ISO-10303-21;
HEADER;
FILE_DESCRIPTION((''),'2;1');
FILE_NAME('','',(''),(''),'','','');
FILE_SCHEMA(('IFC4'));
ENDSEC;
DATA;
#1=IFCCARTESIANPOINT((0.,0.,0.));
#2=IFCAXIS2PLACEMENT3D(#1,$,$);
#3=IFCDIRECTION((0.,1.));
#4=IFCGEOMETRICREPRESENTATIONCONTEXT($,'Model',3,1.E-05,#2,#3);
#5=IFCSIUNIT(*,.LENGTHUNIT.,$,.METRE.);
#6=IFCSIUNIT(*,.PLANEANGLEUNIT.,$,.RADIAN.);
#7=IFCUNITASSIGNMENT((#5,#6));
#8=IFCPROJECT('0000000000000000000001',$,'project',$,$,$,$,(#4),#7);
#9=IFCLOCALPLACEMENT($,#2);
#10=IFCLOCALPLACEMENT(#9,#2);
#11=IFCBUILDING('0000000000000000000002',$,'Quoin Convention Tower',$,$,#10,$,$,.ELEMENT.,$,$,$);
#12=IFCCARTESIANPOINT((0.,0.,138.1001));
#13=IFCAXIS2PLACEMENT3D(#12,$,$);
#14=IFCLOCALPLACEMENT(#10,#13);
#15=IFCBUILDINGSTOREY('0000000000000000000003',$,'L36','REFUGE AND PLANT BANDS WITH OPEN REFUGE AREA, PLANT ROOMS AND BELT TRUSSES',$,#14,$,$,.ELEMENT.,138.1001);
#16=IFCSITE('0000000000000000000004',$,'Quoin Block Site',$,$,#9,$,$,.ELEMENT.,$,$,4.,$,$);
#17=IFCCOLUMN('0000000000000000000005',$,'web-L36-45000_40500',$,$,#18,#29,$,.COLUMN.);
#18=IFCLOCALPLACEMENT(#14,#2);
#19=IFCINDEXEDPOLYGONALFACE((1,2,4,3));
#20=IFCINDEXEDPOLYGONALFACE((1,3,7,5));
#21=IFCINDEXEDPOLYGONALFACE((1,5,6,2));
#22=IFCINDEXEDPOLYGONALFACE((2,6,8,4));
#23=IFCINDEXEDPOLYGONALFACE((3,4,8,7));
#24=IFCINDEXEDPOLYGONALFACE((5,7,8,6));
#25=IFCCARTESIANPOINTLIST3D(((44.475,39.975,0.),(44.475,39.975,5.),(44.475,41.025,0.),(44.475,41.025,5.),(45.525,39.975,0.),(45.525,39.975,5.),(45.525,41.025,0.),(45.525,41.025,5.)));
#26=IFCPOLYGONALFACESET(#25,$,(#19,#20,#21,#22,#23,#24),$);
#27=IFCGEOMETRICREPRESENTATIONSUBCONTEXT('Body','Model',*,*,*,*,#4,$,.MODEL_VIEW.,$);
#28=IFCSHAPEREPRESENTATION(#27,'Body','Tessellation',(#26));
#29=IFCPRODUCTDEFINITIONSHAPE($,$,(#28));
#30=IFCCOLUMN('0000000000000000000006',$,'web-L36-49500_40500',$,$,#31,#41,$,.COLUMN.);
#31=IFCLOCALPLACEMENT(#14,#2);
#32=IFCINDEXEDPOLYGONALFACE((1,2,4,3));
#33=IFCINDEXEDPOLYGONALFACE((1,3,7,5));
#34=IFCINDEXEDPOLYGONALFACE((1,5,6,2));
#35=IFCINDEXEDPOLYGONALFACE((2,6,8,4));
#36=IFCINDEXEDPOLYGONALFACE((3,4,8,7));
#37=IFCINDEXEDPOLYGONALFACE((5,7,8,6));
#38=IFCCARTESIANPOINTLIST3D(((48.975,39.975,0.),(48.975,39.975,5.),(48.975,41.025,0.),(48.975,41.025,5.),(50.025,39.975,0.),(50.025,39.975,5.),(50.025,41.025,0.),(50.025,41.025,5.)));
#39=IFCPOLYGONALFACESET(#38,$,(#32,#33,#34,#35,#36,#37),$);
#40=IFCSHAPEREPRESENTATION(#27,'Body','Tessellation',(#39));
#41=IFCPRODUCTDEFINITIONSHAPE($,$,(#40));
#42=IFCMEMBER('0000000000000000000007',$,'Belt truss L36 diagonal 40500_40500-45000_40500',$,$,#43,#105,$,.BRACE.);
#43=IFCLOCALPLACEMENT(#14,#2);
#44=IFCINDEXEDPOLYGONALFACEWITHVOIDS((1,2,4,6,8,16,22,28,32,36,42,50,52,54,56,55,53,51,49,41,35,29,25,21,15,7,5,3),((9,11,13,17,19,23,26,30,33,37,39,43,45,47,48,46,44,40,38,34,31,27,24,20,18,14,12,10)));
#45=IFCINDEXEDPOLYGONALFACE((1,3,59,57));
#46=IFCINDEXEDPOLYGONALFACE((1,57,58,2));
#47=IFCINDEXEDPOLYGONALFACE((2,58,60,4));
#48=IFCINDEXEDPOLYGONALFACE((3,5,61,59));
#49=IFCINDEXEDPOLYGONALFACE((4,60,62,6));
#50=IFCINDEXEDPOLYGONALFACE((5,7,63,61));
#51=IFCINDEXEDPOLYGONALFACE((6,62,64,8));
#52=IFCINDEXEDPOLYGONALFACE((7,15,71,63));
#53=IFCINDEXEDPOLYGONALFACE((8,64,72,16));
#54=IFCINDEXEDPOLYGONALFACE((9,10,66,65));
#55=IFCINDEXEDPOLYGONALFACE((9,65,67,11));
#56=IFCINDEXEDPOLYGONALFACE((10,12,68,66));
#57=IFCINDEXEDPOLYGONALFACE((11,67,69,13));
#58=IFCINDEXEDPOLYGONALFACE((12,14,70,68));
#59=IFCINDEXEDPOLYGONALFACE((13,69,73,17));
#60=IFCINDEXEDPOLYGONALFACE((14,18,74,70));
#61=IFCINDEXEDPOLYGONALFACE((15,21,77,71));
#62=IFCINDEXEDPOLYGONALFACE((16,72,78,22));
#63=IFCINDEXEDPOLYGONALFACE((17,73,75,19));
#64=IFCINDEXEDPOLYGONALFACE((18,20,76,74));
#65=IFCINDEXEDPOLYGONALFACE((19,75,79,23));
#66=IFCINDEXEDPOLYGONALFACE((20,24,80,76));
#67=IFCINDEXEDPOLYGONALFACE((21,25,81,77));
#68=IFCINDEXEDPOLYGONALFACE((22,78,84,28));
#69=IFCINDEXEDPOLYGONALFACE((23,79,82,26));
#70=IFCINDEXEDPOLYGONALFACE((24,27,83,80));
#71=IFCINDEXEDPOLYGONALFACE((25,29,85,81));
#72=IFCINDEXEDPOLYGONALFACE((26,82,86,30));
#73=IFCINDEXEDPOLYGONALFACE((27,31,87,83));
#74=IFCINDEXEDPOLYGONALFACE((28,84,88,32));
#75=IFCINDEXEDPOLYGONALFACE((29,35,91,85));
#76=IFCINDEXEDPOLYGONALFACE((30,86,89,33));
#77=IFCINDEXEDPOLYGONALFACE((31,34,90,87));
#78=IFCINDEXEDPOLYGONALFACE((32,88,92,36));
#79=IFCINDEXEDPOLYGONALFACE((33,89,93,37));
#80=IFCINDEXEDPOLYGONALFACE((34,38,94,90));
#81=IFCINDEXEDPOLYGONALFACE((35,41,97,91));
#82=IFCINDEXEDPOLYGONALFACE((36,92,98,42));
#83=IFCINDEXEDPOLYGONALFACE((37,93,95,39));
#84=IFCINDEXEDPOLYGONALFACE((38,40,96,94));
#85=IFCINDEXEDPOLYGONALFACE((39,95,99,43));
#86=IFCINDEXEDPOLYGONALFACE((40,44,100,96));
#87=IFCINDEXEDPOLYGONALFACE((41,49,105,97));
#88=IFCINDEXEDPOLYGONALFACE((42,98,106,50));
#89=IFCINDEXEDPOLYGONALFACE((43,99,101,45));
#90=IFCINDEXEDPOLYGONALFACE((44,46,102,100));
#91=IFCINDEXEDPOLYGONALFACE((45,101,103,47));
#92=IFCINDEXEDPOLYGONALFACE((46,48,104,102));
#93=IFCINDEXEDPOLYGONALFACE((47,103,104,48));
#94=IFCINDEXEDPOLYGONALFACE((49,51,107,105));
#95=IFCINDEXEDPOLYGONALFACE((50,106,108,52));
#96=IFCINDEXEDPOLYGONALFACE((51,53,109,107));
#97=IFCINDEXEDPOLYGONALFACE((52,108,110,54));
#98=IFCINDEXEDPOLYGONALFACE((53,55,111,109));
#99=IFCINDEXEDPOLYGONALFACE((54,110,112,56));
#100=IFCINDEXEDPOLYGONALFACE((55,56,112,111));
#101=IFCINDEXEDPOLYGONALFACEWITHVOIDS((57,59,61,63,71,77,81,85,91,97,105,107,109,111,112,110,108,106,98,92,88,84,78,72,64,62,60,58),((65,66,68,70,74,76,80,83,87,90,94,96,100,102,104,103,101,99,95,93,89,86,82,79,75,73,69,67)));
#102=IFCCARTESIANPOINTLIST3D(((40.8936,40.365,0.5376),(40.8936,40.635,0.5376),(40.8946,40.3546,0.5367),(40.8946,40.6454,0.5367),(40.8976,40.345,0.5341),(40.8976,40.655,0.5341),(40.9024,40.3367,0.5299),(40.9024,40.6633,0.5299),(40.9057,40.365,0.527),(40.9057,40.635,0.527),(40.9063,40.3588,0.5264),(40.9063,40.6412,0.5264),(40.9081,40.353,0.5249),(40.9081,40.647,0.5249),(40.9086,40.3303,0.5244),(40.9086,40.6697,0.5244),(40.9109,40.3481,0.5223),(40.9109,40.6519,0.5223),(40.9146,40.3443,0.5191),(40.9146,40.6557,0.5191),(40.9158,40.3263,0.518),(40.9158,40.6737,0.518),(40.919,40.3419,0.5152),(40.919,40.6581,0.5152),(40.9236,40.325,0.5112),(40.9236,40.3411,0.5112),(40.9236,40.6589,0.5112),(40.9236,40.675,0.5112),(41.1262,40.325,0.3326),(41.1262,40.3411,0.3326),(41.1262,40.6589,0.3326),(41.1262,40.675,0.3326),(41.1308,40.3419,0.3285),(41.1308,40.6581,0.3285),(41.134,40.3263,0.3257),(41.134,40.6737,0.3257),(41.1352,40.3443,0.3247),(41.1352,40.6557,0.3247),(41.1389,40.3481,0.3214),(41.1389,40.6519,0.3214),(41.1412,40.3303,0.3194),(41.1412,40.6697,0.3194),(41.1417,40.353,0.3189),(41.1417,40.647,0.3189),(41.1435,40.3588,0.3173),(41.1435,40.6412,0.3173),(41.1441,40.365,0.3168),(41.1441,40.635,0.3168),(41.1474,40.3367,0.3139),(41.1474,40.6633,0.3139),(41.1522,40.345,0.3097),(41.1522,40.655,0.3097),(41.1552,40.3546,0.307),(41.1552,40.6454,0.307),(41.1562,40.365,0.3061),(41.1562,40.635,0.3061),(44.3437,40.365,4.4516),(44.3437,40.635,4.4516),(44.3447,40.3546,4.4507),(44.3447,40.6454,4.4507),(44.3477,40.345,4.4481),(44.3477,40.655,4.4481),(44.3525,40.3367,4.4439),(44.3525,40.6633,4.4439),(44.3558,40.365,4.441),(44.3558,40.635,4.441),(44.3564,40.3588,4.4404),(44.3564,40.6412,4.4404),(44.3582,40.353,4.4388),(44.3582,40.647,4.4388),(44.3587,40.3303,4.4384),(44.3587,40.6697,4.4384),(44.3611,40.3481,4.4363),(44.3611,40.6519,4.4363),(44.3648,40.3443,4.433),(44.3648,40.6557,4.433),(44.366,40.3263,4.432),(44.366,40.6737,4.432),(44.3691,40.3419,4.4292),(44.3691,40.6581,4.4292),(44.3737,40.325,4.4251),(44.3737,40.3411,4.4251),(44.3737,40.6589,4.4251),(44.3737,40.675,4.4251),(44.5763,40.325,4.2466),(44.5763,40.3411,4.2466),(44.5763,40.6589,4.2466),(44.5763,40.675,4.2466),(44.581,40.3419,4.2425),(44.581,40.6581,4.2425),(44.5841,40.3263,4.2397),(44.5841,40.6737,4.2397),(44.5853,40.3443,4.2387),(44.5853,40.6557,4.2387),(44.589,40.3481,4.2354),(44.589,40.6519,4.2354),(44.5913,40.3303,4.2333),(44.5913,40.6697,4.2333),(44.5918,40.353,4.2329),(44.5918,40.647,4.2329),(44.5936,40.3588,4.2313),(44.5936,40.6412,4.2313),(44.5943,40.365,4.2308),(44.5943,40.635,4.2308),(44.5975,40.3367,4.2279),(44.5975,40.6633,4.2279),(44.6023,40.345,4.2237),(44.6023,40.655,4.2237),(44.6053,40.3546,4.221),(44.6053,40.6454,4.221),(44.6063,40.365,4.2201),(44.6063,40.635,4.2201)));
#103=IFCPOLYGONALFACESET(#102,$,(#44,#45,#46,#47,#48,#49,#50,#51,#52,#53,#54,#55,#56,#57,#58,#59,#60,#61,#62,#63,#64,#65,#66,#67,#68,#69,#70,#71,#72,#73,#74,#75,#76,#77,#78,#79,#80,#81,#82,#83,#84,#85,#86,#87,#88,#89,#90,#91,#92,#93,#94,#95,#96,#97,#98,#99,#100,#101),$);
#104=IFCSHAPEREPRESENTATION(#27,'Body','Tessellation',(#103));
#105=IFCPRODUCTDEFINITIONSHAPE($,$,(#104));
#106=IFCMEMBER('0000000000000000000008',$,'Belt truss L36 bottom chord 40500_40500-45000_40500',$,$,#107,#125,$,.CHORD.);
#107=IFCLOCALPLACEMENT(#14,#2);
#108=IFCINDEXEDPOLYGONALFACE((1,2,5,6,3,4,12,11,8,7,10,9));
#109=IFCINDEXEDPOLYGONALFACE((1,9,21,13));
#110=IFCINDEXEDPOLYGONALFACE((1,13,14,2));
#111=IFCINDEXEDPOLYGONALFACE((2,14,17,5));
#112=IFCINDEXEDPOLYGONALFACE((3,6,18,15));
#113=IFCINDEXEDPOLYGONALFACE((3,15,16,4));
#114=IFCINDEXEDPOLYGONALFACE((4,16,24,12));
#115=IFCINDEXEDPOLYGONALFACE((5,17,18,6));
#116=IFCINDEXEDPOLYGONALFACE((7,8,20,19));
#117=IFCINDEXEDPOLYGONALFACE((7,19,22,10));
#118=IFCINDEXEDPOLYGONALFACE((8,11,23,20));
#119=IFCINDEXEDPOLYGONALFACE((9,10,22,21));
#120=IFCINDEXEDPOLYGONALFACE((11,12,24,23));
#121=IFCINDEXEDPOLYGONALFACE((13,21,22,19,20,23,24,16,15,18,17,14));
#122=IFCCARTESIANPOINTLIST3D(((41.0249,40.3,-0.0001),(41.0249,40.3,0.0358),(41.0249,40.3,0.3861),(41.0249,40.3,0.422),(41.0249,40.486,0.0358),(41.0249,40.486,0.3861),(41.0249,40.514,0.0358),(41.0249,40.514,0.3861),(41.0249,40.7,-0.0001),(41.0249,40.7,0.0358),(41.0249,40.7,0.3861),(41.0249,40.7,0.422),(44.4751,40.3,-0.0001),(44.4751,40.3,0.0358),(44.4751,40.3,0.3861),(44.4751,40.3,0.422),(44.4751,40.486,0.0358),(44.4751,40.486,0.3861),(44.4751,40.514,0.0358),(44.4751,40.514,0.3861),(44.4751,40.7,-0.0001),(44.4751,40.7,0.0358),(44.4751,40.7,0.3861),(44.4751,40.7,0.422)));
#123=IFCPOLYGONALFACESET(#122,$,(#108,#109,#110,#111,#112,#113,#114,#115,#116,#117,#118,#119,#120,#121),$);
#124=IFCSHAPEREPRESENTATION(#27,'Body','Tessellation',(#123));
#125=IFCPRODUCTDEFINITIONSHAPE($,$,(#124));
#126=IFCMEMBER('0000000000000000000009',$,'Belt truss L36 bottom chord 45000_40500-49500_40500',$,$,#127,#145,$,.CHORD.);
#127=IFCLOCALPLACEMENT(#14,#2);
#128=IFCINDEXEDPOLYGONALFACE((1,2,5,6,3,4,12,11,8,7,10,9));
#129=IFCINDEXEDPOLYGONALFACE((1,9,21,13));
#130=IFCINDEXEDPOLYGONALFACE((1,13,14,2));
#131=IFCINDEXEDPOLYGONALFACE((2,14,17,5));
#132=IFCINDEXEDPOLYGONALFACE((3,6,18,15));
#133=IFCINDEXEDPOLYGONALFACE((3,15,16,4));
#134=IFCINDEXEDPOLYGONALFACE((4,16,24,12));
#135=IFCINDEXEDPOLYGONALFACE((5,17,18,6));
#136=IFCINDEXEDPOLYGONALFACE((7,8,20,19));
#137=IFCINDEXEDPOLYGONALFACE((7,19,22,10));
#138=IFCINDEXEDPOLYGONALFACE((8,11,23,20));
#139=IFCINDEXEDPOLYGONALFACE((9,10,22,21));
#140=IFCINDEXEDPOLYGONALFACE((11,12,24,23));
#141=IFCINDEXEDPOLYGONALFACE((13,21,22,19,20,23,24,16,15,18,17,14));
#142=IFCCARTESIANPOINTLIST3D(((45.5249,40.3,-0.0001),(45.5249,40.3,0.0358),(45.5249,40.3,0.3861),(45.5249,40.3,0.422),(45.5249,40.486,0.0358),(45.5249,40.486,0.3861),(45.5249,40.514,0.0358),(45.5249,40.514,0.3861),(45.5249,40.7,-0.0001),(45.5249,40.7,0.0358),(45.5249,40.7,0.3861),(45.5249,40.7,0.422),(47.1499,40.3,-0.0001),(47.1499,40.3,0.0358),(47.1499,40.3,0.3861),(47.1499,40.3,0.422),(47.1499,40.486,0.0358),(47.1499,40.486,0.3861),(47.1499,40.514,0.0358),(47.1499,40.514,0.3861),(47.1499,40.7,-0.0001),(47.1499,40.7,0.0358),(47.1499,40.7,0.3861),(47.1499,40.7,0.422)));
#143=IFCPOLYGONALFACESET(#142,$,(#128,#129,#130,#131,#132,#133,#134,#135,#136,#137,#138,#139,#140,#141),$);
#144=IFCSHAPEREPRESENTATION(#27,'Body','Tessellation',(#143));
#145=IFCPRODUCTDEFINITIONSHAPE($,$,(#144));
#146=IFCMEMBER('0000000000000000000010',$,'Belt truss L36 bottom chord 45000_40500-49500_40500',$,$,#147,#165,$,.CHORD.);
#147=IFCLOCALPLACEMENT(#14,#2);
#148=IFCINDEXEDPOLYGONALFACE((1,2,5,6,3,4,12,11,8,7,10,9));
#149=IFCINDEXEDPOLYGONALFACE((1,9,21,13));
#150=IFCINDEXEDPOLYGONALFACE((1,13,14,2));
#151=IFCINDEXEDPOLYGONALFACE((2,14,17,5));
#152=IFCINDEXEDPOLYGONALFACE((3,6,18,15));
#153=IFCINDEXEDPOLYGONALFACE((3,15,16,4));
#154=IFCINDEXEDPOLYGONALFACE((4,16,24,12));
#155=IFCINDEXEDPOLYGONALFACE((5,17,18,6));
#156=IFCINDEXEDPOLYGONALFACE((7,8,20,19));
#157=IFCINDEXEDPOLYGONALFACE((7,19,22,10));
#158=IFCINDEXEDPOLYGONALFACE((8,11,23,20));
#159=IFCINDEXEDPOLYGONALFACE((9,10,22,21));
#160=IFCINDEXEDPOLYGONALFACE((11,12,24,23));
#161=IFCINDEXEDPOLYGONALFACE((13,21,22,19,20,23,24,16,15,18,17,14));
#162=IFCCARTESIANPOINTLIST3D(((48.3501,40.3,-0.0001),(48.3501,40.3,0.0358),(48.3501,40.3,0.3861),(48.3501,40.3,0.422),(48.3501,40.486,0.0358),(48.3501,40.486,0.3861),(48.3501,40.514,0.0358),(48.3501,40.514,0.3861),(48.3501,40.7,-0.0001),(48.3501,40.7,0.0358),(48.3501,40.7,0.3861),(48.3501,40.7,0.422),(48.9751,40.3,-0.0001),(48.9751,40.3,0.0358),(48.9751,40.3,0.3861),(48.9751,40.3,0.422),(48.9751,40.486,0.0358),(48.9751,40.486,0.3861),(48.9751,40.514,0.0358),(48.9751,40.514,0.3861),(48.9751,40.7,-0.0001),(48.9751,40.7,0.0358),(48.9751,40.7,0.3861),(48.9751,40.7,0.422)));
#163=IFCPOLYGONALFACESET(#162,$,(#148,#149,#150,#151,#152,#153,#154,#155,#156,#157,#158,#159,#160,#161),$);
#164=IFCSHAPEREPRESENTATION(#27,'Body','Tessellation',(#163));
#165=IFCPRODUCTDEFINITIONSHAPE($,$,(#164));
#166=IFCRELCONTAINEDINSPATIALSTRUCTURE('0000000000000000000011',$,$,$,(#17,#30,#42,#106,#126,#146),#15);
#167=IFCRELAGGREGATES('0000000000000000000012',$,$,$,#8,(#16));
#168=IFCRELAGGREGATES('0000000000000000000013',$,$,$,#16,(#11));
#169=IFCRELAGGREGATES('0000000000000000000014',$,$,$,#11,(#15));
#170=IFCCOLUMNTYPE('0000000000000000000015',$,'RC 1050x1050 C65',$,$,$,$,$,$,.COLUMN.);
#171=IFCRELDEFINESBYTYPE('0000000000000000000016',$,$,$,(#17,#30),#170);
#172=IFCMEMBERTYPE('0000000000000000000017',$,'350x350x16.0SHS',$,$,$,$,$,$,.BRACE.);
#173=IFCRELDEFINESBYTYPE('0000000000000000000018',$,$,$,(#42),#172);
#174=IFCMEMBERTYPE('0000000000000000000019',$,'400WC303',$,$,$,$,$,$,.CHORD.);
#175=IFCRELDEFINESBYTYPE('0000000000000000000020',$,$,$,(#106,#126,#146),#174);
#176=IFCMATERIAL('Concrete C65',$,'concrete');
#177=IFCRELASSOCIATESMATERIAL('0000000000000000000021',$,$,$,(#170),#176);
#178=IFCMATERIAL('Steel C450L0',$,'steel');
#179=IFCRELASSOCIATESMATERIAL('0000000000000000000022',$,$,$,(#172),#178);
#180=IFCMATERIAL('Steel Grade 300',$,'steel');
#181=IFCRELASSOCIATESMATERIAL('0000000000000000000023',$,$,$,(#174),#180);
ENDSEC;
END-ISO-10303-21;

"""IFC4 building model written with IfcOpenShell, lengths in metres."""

from ifc_helpers import new_model, si_unit, direction, frame, origin, origin_2d, place, context, subcontext, project, spatial, rectangle, hollow_rectangle, i_section, extrude, material, material_profile, profile_set, type_object, element, save


model = new_model("IFC4")

# Units and contexts
model_context = context("Model", 3, precision=1e-05, world=origin(), true_north=direction((0.0, 1.0)))
body_context = subcontext(model_context, "Body", "Model", "MODEL_VIEW")
ifc_project = project(units=[si_unit("LENGTHUNIT", "METRE"), si_unit("PLANEANGLEUNIT", "RADIAN")], contexts=[model_context])

# Site, building, storey
site_placement = place(None, origin())
site = spatial("IfcSite", under=ifc_project, at=site_placement, Name="Quoin Block Site", CompositionType="ELEMENT", RefElevation=4.0)
building_placement = place(site_placement, origin())
building = spatial("IfcBuilding", under=site, at=building_placement, Name="Quoin Convention Tower", CompositionType="ELEMENT")
storey_placement = place(building_placement, frame((0.0, 0.0, 138.1001)))
storey = spatial("IfcBuildingStorey", under=building, at=storey_placement, Name="L36", Description="REFUGE AND PLANT BANDS WITH OPEN REFUGE AREA, PLANT ROOMS AND BELT TRUSSES", CompositionType="ELEMENT", Elevation=138.1001)

# Columns
ifc_material_1 = material(Name="Concrete C65", Category="concrete")
ifc_material_profile_1 = material_profile(ifc_material_1, rectangle(XDim=1.05, YDim=1.05, at=origin_2d()), Name="RC 1050x1050")
ifc_profile_set_1 = profile_set([ifc_material_profile_1], Name="Concrete C65")
column_type = type_object("IfcColumnType", Name="RC 1050x1050 C65", PredefinedType="COLUMN", material=ifc_profile_set_1)
for number, where, z_axis, x_axis, name in (
    (1, (45.0, 40.5, 0.0), (0.0, 0.0, 1.0), (1.0, 0.0, 0.0), "web-L36-45000_40500"),
    (2, (49.5, 40.5, 0.0), (0.0, 0.0, 1.0), (1.0, 0.0, 0.0), "web-L36-49500_40500"),
):
    element("IfcColumn", number, at=place(storey_placement, frame(where, z_axis=z_axis, x_axis=x_axis)), inside=storey, type_object=column_type, Name=name, PredefinedType="COLUMN", context=body_context, shape_type="SweptSolid", body=[
        extrude(rectangle(XDim=1.05, YDim=1.05, at=origin_2d()), origin(), (0.0, 0.0, 1.0), 5.0),
    ])

# Members
ifc_material_2 = material(Name="Steel C450L0", Category="steel")
ifc_material_profile_2 = material_profile(ifc_material_2, hollow_rectangle(XDim=0.3501, YDim=0.3501, WallThickness=0.0161, InnerFilletRadius=0.0239, OuterFilletRadius=0.04, at=origin_2d()), Name="350x350x16.0SHS")
ifc_profile_set_2 = profile_set([ifc_material_profile_2], Name="Steel C450L0")
member_type_1 = type_object("IfcMemberType", Name="350x350x16.0SHS", PredefinedType="BRACE", material=ifc_profile_set_2)
member_1_placement = place(storey_placement, frame((41.0249, 40.5, 0.4219), z_axis=(0.661256, 0.0, 0.75016), x_axis=(0.0, 1.0, 0.0)))
element("IfcMember", 3, at=member_1_placement, inside=storey, type_object=member_type_1, Name="Belt truss L36 diagonal 40500_40500-45000_40500", PredefinedType="BRACE", context=body_context, shape_type="SweptSolid", body=[
    extrude(hollow_rectangle(XDim=0.3501, YDim=0.3501, WallThickness=0.0161, InnerFilletRadius=0.0239, OuterFilletRadius=0.04, at=origin_2d()), origin(), (0.0, 0.0, 1.0), 5.2175),
])
ifc_material_3 = material(Name="Steel Grade 300", Category="steel")
ifc_material_profile_3 = material_profile(ifc_material_3, i_section(OverallWidth=0.3999, OverallDepth=0.4221, WebThickness=0.0281, FlangeThickness=0.0359, at=origin_2d()), Name="400WC303")
ifc_profile_set_3 = profile_set([ifc_material_profile_3], Name="Steel Grade 300")
member_type_2 = type_object("IfcMemberType", Name="400WC303", PredefinedType="CHORD", material=ifc_profile_set_3)
member_2_placement = place(storey_placement, frame((41.0249, 40.5, 0.2109), z_axis=(1.0, 0.0, 0.0), x_axis=(0.0, 1.0, 0.0)))
element("IfcMember", 4, at=member_2_placement, inside=storey, type_object=member_type_2, Name="Belt truss L36 bottom chord 40500_40500-45000_40500", PredefinedType="CHORD", context=body_context, shape_type="SweptSolid", body=[
    extrude(i_section(OverallWidth=0.3999, OverallDepth=0.4221, WebThickness=0.0281, FlangeThickness=0.0359, at=origin_2d()), origin(), (0.0, 0.0, 1.0), 3.4502),
])
member_3_placement = place(storey_placement, frame((45.5249, 40.5, 0.2109), z_axis=(1.0, 0.0, 0.0), x_axis=(0.0, 1.0, 0.0)))
element("IfcMember", 5, at=member_3_placement, inside=storey, type_object=member_type_2, Name="Belt truss L36 bottom chord 45000_40500-49500_40500", PredefinedType="CHORD", context=body_context, shape_type="SweptSolid", body=[
    extrude(i_section(OverallWidth=0.3999, OverallDepth=0.4221, WebThickness=0.0281, FlangeThickness=0.0359, at=origin_2d()), origin(), (0.0, 0.0, 1.0), 1.625),
])
member_4_placement = place(storey_placement, frame((48.3501, 40.5, 0.2109), z_axis=(1.0, 0.0, 0.0), x_axis=(0.0, 1.0, 0.0)))
element("IfcMember", 6, at=member_4_placement, inside=storey, type_object=member_type_2, Name="Belt truss L36 bottom chord 45000_40500-49500_40500", PredefinedType="CHORD", context=body_context, shape_type="SweptSolid", body=[
    extrude(i_section(OverallWidth=0.3999, OverallDepth=0.4221, WebThickness=0.0281, FlangeThickness=0.0359, at=origin_2d()), origin(), (0.0, 0.0, 1.0), 0.625),
])

save(model, "model.ifc")
